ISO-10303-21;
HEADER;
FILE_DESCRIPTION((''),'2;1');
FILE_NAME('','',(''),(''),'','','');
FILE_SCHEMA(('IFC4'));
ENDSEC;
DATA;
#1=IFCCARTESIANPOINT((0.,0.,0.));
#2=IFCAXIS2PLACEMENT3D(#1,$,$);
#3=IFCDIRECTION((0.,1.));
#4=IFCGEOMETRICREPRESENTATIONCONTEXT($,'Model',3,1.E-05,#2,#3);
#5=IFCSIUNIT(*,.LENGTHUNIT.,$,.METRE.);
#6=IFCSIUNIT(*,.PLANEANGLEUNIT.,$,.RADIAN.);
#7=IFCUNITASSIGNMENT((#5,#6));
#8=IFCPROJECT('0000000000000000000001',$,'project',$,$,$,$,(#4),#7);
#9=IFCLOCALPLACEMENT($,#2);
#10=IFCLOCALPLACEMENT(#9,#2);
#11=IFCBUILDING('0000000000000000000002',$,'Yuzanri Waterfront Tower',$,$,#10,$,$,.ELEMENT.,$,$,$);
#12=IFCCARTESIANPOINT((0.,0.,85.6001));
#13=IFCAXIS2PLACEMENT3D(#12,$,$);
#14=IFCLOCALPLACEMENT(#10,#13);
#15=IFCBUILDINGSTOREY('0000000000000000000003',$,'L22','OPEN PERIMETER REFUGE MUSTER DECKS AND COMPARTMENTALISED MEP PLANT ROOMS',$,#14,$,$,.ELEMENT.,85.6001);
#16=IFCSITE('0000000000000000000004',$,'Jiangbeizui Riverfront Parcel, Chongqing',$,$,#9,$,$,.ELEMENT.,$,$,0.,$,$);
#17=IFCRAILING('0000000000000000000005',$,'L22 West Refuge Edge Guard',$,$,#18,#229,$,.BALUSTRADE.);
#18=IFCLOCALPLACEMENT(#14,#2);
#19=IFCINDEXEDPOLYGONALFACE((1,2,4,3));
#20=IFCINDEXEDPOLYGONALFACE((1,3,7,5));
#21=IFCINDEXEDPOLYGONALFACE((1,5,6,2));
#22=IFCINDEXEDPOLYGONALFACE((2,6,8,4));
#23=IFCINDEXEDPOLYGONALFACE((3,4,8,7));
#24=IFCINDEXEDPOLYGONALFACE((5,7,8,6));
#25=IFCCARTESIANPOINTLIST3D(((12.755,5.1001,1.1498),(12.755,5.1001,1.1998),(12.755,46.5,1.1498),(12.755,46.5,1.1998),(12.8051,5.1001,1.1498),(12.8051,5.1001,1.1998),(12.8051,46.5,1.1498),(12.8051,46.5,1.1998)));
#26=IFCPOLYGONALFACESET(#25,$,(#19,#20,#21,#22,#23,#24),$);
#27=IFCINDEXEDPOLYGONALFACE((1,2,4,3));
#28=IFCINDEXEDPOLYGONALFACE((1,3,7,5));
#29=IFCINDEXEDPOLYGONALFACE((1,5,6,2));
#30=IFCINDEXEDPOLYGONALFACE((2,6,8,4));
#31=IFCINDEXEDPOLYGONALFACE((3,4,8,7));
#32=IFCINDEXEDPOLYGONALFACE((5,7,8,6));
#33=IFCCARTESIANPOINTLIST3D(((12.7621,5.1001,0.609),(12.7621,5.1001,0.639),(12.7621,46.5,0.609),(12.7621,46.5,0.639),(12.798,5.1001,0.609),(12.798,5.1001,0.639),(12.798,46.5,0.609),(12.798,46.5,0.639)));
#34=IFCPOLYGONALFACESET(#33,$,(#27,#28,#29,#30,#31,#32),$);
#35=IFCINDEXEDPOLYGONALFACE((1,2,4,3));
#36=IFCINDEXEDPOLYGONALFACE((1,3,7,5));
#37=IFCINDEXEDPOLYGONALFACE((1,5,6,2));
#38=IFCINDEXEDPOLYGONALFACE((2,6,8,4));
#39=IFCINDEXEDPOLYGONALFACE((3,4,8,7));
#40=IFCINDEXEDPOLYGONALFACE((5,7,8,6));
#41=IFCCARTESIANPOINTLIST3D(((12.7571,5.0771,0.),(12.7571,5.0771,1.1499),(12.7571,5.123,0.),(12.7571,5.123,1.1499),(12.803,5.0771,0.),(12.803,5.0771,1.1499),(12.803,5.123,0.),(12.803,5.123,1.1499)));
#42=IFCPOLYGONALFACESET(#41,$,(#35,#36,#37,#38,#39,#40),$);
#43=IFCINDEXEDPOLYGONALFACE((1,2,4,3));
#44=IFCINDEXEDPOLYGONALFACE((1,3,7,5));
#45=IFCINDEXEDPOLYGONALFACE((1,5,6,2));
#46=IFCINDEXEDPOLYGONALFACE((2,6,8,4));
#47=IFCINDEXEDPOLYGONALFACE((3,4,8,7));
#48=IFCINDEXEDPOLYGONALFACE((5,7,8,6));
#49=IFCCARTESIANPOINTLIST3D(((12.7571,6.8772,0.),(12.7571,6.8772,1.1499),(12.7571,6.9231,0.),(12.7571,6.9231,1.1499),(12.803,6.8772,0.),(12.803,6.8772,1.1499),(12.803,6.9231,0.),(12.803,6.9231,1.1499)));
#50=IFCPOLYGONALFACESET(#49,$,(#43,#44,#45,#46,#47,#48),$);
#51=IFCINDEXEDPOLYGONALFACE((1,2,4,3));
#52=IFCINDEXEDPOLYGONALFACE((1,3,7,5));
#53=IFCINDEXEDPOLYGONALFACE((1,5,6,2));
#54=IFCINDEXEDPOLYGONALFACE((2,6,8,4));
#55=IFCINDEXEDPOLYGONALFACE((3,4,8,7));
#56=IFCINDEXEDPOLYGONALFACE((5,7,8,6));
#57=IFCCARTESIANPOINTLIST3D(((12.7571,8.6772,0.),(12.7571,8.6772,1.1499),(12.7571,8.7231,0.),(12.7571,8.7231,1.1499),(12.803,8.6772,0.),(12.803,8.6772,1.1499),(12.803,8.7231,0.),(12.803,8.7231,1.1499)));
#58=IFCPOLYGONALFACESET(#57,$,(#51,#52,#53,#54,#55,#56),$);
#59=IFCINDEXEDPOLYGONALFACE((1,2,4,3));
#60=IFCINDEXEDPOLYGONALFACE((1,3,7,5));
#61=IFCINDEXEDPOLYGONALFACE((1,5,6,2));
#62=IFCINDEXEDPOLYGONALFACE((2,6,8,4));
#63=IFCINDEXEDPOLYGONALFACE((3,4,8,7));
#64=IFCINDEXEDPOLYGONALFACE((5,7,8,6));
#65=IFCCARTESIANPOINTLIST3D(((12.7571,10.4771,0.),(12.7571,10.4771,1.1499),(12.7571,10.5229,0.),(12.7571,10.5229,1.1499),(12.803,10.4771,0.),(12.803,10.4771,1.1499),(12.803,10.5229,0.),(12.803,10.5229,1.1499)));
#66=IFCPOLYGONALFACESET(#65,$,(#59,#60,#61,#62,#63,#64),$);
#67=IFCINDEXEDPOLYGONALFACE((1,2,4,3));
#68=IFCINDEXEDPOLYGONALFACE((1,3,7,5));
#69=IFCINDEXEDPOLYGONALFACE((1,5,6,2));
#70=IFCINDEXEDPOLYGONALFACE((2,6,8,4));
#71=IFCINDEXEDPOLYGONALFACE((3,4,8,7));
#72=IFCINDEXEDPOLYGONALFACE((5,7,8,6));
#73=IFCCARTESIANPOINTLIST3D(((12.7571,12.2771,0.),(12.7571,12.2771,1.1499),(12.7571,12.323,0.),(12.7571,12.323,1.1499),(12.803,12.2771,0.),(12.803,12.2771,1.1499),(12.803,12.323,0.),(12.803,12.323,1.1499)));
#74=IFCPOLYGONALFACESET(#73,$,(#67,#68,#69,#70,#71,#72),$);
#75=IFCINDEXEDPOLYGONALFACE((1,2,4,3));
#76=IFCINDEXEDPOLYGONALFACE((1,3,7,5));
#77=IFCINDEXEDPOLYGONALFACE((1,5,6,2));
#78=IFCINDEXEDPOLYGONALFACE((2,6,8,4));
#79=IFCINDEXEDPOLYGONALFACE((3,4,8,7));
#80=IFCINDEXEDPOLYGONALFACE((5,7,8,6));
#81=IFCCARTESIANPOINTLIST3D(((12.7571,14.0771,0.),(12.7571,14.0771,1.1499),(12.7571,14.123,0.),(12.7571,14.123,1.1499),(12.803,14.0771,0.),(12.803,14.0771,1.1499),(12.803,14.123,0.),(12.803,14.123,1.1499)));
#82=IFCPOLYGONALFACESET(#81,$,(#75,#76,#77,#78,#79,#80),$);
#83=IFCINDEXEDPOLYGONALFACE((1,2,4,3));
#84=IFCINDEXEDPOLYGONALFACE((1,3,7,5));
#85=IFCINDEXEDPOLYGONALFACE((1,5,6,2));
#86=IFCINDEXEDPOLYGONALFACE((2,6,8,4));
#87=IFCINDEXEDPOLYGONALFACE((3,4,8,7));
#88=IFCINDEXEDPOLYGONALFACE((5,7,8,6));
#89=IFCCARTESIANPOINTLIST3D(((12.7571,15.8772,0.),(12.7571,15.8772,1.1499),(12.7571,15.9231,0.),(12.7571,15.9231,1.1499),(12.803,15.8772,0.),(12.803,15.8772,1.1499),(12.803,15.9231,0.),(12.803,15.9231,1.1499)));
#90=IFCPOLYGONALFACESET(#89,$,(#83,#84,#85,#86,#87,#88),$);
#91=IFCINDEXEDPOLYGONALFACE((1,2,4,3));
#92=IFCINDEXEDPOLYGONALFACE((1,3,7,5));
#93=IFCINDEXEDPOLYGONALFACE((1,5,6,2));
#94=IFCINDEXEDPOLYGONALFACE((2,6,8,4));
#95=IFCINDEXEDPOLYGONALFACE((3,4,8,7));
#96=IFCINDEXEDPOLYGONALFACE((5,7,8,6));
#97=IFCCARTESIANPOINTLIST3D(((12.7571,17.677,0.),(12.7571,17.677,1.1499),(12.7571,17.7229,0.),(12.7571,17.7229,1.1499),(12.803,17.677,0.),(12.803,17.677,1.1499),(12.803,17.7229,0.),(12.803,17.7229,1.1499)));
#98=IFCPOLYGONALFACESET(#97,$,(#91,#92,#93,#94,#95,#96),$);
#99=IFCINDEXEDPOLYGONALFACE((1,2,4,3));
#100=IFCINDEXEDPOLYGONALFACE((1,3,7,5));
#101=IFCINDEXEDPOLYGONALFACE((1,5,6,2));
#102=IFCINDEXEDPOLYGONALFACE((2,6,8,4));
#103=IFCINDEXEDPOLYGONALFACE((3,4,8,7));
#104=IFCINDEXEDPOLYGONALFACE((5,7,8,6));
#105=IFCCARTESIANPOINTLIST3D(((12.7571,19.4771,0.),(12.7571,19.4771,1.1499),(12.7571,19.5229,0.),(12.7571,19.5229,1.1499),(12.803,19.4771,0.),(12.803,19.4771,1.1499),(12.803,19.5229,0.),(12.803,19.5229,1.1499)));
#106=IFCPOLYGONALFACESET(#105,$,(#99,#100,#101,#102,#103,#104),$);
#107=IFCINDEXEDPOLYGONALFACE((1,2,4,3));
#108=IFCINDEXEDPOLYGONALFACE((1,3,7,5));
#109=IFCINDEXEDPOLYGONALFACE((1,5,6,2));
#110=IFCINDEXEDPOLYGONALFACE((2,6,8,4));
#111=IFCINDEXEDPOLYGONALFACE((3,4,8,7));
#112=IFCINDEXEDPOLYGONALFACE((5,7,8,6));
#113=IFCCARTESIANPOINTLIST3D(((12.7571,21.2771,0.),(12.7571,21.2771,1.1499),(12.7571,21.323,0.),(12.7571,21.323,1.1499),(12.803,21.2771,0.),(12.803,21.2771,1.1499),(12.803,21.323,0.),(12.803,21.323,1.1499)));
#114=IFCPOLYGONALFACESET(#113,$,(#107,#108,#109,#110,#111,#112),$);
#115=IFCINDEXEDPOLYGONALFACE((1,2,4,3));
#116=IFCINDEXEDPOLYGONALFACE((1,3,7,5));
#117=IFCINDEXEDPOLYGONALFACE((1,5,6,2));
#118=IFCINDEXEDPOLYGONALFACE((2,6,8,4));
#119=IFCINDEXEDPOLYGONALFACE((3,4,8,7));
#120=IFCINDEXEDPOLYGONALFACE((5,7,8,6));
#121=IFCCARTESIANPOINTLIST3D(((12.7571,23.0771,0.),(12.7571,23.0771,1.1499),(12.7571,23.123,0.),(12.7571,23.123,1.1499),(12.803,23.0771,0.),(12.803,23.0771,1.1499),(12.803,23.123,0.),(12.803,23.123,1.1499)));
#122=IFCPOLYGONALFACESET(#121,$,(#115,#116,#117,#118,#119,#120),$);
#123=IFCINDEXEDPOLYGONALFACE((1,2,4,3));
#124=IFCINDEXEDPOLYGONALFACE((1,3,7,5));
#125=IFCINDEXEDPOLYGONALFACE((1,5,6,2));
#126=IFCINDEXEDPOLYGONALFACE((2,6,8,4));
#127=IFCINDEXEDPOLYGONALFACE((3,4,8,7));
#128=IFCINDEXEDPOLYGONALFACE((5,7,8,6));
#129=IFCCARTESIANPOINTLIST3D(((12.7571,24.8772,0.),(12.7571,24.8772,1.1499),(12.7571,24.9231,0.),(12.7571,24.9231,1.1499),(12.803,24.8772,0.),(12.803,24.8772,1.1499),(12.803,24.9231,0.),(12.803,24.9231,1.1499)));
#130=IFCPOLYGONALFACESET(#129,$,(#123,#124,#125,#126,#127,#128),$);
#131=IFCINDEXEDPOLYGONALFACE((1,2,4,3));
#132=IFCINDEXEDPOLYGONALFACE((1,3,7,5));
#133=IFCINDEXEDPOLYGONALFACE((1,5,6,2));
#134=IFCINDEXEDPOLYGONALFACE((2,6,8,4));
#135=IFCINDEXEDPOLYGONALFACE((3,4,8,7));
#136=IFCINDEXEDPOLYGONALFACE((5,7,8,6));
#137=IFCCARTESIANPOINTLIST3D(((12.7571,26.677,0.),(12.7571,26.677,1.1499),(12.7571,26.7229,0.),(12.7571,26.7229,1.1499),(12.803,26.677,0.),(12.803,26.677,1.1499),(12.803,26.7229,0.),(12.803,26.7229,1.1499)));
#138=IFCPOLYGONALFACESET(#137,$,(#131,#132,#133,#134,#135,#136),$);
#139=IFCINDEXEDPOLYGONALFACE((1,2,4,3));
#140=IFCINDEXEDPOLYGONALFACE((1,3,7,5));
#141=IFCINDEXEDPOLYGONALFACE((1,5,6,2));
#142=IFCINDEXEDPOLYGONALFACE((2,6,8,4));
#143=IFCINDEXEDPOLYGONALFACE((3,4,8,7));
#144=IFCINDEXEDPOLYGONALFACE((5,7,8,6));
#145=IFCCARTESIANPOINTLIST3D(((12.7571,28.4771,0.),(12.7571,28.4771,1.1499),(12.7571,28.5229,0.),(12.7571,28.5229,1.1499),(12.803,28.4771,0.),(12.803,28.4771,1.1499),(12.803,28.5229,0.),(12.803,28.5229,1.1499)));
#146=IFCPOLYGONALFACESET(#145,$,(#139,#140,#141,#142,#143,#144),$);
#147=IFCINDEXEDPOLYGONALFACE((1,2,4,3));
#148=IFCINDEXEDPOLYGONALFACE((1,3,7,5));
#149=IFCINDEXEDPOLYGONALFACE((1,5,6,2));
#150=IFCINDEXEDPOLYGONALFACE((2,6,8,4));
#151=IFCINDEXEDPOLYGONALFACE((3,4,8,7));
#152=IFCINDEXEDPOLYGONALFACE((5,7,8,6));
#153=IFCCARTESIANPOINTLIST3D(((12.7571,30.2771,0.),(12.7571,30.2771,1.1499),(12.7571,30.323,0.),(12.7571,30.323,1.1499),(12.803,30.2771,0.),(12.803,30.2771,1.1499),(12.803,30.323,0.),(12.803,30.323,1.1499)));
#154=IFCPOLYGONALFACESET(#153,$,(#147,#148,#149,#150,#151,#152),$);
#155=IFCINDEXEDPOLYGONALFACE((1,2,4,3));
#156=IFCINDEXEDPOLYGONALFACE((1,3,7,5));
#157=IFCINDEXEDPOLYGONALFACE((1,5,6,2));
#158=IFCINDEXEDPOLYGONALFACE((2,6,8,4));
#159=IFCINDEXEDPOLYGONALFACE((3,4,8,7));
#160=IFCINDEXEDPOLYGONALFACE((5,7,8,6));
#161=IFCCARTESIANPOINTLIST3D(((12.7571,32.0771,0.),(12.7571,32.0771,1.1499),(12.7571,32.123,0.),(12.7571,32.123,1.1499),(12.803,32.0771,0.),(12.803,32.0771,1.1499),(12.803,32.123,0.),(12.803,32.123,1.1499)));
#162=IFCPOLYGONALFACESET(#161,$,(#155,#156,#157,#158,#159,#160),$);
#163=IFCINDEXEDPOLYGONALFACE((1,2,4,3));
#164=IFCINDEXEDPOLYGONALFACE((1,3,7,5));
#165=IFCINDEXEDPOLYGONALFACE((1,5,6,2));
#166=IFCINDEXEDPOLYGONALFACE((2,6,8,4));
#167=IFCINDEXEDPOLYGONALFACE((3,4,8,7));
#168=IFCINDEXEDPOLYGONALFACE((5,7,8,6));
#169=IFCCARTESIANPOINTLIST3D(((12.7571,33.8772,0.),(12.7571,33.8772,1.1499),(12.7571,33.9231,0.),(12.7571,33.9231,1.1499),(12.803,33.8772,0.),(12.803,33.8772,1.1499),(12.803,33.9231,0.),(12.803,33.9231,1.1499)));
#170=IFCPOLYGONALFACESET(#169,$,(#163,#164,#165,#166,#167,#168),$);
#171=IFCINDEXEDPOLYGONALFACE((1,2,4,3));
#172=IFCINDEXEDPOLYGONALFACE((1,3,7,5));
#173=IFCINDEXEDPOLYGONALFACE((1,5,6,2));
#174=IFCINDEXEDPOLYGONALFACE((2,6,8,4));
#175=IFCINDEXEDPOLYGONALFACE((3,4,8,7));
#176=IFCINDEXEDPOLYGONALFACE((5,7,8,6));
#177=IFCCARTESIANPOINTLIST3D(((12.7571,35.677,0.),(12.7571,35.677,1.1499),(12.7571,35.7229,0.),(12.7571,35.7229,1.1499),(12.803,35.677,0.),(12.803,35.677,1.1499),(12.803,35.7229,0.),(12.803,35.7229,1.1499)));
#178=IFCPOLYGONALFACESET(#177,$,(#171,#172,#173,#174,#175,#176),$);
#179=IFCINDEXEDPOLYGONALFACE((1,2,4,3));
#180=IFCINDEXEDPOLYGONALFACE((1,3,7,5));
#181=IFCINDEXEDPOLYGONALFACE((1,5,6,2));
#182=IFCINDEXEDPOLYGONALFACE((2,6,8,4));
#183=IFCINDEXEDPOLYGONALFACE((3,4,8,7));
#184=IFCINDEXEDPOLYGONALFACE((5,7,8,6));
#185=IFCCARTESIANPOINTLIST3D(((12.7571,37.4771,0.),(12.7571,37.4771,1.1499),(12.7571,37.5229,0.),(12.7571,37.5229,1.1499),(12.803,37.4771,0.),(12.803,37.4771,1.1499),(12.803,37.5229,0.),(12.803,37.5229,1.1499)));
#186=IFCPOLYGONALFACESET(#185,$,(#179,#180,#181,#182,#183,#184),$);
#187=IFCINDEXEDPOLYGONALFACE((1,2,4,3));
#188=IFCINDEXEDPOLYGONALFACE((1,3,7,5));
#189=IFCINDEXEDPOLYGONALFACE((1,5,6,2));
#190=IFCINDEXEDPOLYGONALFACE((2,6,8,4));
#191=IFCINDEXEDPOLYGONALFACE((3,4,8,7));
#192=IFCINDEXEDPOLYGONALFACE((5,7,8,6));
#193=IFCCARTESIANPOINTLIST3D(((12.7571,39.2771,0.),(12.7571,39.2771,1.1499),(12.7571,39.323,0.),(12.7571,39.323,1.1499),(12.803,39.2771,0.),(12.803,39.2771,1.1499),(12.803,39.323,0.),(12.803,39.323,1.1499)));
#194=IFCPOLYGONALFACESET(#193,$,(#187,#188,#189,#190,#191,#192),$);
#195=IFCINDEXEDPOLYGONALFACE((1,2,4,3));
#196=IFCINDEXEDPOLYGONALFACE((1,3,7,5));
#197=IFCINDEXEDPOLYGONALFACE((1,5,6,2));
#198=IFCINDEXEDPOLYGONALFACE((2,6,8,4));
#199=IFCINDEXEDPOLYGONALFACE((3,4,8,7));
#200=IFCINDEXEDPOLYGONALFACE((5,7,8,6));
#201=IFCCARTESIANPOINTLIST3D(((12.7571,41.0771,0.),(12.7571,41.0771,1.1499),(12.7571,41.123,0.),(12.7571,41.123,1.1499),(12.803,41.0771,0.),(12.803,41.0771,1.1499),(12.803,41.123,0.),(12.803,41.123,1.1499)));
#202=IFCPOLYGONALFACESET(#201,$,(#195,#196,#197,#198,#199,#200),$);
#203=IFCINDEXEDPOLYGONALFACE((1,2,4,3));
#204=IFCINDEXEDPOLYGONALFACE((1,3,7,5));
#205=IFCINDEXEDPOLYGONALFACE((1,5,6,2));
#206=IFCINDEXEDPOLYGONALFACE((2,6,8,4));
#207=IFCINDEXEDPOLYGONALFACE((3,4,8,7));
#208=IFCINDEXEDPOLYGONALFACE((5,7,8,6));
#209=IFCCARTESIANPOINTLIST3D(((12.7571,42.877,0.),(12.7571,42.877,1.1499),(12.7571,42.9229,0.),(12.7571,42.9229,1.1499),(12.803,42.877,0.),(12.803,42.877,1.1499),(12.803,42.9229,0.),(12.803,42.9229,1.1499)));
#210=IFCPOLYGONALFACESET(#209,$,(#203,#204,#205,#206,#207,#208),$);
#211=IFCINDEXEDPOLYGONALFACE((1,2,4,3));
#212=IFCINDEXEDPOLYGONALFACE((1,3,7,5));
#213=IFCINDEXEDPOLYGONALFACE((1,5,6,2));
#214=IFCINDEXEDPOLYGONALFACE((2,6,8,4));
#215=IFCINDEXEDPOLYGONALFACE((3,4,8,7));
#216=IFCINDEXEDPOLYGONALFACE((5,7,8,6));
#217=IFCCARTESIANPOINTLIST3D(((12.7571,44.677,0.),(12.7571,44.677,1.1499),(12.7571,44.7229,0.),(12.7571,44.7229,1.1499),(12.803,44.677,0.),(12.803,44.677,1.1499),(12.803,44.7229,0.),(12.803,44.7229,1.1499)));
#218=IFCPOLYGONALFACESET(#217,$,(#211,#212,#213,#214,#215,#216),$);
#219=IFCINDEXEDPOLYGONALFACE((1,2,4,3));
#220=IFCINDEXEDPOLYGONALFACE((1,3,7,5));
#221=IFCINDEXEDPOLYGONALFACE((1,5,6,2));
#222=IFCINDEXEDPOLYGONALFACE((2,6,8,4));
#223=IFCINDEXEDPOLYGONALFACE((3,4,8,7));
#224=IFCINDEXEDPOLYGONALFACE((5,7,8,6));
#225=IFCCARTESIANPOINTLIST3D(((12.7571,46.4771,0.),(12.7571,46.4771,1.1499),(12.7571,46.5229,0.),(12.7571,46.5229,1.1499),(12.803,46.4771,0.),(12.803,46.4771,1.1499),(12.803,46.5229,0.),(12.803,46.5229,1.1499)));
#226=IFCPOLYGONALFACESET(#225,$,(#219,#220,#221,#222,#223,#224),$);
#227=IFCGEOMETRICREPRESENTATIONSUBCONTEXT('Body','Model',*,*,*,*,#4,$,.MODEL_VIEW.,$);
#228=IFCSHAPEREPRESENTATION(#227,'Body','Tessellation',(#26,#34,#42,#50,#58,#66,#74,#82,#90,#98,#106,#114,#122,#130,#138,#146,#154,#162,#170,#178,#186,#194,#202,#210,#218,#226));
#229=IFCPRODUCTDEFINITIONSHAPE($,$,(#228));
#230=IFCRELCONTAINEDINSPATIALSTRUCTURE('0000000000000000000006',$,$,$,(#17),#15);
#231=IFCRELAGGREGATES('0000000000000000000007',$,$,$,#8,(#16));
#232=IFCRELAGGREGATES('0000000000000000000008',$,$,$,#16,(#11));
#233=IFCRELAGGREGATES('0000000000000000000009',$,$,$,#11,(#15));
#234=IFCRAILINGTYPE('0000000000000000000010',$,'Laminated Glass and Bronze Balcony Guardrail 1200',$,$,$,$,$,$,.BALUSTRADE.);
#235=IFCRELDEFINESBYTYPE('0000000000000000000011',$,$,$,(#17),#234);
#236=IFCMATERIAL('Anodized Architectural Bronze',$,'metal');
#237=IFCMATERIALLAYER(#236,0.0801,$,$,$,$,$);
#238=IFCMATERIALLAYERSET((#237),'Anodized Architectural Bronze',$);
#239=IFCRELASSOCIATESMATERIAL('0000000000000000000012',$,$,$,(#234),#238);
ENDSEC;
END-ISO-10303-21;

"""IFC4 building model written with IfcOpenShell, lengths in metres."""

from ifc_helpers import new_model, si_unit, direction, frame, origin, origin_2d, place, context, subcontext, project, spatial, rectangle, extrude, source, transform, mapped, material, layer, layer_set, type_object, element, save


model = new_model("IFC4")

# Units and contexts
model_context = context("Model", 3, precision=1e-05, world=origin(), true_north=direction((0.0, 1.0)))
body_context = subcontext(model_context, "Body", "Model", "MODEL_VIEW")
ifc_project = project(units=[si_unit("LENGTHUNIT", "METRE"), si_unit("PLANEANGLEUNIT", "RADIAN")], contexts=[model_context])

# Site, building, storey
site_placement = place(None, origin())
site = spatial("IfcSite", under=ifc_project, at=site_placement, Name="Jiangbeizui Riverfront Parcel, Chongqing", CompositionType="ELEMENT", RefElevation=0.0)
building_placement = place(site_placement, origin())
building = spatial("IfcBuilding", under=site, at=building_placement, Name="Yuzanri Waterfront Tower", CompositionType="ELEMENT")
storey_placement = place(building_placement, frame((0.0, 0.0, 85.6001)))
storey = spatial("IfcBuildingStorey", under=building, at=storey_placement, Name="L22", Description="OPEN PERIMETER REFUGE MUSTER DECKS AND COMPARTMENTALISED MEP PLANT ROOMS", CompositionType="ELEMENT", Elevation=85.6001)

# Railing
ifc_material_1 = material(Name="Anodized Architectural Bronze", Category="metal")
ifc_layer_1 = layer(ifc_material_1, 0.0801)
ifc_layer_set_1 = layer_set([ifc_layer_1], Name="Anodized Architectural Bronze")
railing_type = type_object("IfcRailingType", Name="Laminated Glass and Bronze Balcony Guardrail 1200", PredefinedType="BALUSTRADE", material=ifc_layer_set_1)
shared_shape_1 = source(origin(), body_context, "Body", "SweptSolid", [
    extrude(rectangle(XDim=0.05, YDim=0.05, at=origin_2d()), frame((0.0, 0.0, 1.1748), z_axis=(0.0, 1.0, 0.0), x_axis=(-1.0, 0.0, 0.0)), (0.0, 0.0, 1.0), 41.3999),
    extrude(rectangle(XDim=0.0359, YDim=0.03, at=origin_2d()), frame((0.0, 0.0, 0.624), z_axis=(0.0, 1.0, 0.0), x_axis=(-1.0, 0.0, 0.0)), (0.0, 0.0, 1.0), 41.3999),
    extrude(rectangle(XDim=0.0459, YDim=0.0459, at=origin_2d()), origin(), (0.0, 0.0, 1.0), 1.1499),
    extrude(rectangle(XDim=0.0459, YDim=0.0459, at=origin_2d()), frame((0.0, 1.8, 0.0)), (0.0, 0.0, 1.0), 1.1499),
    extrude(rectangle(XDim=0.0459, YDim=0.0459, at=origin_2d()), frame((0.0, 3.6001, 0.0)), (0.0, 0.0, 1.0), 1.1499),
    extrude(rectangle(XDim=0.0459, YDim=0.0459, at=origin_2d()), frame((0.0, 5.3999, 0.0)), (0.0, 0.0, 1.0), 1.1499),
    extrude(rectangle(XDim=0.0459, YDim=0.0459, at=origin_2d()), frame((0.0, 7.2, 0.0)), (0.0, 0.0, 1.0), 1.1499),
    extrude(rectangle(XDim=0.0459, YDim=0.0459, at=origin_2d()), frame((0.0, 9.0, 0.0)), (0.0, 0.0, 1.0), 1.1499),
    extrude(rectangle(XDim=0.0459, YDim=0.0459, at=origin_2d()), frame((0.0, 10.8, 0.0)), (0.0, 0.0, 1.0), 1.1499),
    extrude(rectangle(XDim=0.0459, YDim=0.0459, at=origin_2d()), frame((0.0, 12.5999, 0.0)), (0.0, 0.0, 1.0), 1.1499),
    extrude(rectangle(XDim=0.0459, YDim=0.0459, at=origin_2d()), frame((0.0, 14.3999, 0.0)), (0.0, 0.0, 1.0), 1.1499),
    extrude(rectangle(XDim=0.0459, YDim=0.0459, at=origin_2d()), frame((0.0, 16.2, 0.0)), (0.0, 0.0, 1.0), 1.1499),
    extrude(rectangle(XDim=0.0459, YDim=0.0459, at=origin_2d()), frame((0.0, 18.0, 0.0)), (0.0, 0.0, 1.0), 1.1499),
    extrude(rectangle(XDim=0.0459, YDim=0.0459, at=origin_2d()), frame((0.0, 19.8, 0.0)), (0.0, 0.0, 1.0), 1.1499),
    extrude(rectangle(XDim=0.0459, YDim=0.0459, at=origin_2d()), frame((0.0, 21.5999, 0.0)), (0.0, 0.0, 1.0), 1.1499),
    extrude(rectangle(XDim=0.0459, YDim=0.0459, at=origin_2d()), frame((0.0, 23.3999, 0.0)), (0.0, 0.0, 1.0), 1.1499),
    extrude(rectangle(XDim=0.0459, YDim=0.0459, at=origin_2d()), frame((0.0, 25.2, 0.0)), (0.0, 0.0, 1.0), 1.1499),
    extrude(rectangle(XDim=0.0459, YDim=0.0459, at=origin_2d()), frame((0.0, 27.0, 0.0)), (0.0, 0.0, 1.0), 1.1499),
    extrude(rectangle(XDim=0.0459, YDim=0.0459, at=origin_2d()), frame((0.0, 28.8, 0.0)), (0.0, 0.0, 1.0), 1.1499),
    extrude(rectangle(XDim=0.0459, YDim=0.0459, at=origin_2d()), frame((0.0, 30.5999, 0.0)), (0.0, 0.0, 1.0), 1.1499),
    extrude(rectangle(XDim=0.0459, YDim=0.0459, at=origin_2d()), frame((0.0, 32.3999, 0.0)), (0.0, 0.0, 1.0), 1.1499),
    extrude(rectangle(XDim=0.0459, YDim=0.0459, at=origin_2d()), frame((0.0, 34.2, 0.0)), (0.0, 0.0, 1.0), 1.1499),
    extrude(rectangle(XDim=0.0459, YDim=0.0459, at=origin_2d()), frame((0.0, 36.0, 0.0)), (0.0, 0.0, 1.0), 1.1499),
    extrude(rectangle(XDim=0.0459, YDim=0.0459, at=origin_2d()), frame((0.0, 37.7998, 0.0)), (0.0, 0.0, 1.0), 1.1499),
    extrude(rectangle(XDim=0.0459, YDim=0.0459, at=origin_2d()), frame((0.0, 39.5999, 0.0)), (0.0, 0.0, 1.0), 1.1499),
    extrude(rectangle(XDim=0.0459, YDim=0.0459, at=origin_2d()), frame((0.0, 41.3999, 0.0)), (0.0, 0.0, 1.0), 1.1499),
])
railing_1_placement = place(storey_placement, frame((12.78, 5.1001, 0.0)))
element("IfcRailing", 1, at=railing_1_placement, inside=storey, type_object=railing_type, Name="L22 West Refuge Edge Guard", PredefinedType="BALUSTRADE", context=body_context, shape_type="MappedRepresentation", body=[
    mapped(shared_shape_1, transform((0.0, 0.0, 0.0), scale=1.0)),
])

save(model, "model.ifc")
